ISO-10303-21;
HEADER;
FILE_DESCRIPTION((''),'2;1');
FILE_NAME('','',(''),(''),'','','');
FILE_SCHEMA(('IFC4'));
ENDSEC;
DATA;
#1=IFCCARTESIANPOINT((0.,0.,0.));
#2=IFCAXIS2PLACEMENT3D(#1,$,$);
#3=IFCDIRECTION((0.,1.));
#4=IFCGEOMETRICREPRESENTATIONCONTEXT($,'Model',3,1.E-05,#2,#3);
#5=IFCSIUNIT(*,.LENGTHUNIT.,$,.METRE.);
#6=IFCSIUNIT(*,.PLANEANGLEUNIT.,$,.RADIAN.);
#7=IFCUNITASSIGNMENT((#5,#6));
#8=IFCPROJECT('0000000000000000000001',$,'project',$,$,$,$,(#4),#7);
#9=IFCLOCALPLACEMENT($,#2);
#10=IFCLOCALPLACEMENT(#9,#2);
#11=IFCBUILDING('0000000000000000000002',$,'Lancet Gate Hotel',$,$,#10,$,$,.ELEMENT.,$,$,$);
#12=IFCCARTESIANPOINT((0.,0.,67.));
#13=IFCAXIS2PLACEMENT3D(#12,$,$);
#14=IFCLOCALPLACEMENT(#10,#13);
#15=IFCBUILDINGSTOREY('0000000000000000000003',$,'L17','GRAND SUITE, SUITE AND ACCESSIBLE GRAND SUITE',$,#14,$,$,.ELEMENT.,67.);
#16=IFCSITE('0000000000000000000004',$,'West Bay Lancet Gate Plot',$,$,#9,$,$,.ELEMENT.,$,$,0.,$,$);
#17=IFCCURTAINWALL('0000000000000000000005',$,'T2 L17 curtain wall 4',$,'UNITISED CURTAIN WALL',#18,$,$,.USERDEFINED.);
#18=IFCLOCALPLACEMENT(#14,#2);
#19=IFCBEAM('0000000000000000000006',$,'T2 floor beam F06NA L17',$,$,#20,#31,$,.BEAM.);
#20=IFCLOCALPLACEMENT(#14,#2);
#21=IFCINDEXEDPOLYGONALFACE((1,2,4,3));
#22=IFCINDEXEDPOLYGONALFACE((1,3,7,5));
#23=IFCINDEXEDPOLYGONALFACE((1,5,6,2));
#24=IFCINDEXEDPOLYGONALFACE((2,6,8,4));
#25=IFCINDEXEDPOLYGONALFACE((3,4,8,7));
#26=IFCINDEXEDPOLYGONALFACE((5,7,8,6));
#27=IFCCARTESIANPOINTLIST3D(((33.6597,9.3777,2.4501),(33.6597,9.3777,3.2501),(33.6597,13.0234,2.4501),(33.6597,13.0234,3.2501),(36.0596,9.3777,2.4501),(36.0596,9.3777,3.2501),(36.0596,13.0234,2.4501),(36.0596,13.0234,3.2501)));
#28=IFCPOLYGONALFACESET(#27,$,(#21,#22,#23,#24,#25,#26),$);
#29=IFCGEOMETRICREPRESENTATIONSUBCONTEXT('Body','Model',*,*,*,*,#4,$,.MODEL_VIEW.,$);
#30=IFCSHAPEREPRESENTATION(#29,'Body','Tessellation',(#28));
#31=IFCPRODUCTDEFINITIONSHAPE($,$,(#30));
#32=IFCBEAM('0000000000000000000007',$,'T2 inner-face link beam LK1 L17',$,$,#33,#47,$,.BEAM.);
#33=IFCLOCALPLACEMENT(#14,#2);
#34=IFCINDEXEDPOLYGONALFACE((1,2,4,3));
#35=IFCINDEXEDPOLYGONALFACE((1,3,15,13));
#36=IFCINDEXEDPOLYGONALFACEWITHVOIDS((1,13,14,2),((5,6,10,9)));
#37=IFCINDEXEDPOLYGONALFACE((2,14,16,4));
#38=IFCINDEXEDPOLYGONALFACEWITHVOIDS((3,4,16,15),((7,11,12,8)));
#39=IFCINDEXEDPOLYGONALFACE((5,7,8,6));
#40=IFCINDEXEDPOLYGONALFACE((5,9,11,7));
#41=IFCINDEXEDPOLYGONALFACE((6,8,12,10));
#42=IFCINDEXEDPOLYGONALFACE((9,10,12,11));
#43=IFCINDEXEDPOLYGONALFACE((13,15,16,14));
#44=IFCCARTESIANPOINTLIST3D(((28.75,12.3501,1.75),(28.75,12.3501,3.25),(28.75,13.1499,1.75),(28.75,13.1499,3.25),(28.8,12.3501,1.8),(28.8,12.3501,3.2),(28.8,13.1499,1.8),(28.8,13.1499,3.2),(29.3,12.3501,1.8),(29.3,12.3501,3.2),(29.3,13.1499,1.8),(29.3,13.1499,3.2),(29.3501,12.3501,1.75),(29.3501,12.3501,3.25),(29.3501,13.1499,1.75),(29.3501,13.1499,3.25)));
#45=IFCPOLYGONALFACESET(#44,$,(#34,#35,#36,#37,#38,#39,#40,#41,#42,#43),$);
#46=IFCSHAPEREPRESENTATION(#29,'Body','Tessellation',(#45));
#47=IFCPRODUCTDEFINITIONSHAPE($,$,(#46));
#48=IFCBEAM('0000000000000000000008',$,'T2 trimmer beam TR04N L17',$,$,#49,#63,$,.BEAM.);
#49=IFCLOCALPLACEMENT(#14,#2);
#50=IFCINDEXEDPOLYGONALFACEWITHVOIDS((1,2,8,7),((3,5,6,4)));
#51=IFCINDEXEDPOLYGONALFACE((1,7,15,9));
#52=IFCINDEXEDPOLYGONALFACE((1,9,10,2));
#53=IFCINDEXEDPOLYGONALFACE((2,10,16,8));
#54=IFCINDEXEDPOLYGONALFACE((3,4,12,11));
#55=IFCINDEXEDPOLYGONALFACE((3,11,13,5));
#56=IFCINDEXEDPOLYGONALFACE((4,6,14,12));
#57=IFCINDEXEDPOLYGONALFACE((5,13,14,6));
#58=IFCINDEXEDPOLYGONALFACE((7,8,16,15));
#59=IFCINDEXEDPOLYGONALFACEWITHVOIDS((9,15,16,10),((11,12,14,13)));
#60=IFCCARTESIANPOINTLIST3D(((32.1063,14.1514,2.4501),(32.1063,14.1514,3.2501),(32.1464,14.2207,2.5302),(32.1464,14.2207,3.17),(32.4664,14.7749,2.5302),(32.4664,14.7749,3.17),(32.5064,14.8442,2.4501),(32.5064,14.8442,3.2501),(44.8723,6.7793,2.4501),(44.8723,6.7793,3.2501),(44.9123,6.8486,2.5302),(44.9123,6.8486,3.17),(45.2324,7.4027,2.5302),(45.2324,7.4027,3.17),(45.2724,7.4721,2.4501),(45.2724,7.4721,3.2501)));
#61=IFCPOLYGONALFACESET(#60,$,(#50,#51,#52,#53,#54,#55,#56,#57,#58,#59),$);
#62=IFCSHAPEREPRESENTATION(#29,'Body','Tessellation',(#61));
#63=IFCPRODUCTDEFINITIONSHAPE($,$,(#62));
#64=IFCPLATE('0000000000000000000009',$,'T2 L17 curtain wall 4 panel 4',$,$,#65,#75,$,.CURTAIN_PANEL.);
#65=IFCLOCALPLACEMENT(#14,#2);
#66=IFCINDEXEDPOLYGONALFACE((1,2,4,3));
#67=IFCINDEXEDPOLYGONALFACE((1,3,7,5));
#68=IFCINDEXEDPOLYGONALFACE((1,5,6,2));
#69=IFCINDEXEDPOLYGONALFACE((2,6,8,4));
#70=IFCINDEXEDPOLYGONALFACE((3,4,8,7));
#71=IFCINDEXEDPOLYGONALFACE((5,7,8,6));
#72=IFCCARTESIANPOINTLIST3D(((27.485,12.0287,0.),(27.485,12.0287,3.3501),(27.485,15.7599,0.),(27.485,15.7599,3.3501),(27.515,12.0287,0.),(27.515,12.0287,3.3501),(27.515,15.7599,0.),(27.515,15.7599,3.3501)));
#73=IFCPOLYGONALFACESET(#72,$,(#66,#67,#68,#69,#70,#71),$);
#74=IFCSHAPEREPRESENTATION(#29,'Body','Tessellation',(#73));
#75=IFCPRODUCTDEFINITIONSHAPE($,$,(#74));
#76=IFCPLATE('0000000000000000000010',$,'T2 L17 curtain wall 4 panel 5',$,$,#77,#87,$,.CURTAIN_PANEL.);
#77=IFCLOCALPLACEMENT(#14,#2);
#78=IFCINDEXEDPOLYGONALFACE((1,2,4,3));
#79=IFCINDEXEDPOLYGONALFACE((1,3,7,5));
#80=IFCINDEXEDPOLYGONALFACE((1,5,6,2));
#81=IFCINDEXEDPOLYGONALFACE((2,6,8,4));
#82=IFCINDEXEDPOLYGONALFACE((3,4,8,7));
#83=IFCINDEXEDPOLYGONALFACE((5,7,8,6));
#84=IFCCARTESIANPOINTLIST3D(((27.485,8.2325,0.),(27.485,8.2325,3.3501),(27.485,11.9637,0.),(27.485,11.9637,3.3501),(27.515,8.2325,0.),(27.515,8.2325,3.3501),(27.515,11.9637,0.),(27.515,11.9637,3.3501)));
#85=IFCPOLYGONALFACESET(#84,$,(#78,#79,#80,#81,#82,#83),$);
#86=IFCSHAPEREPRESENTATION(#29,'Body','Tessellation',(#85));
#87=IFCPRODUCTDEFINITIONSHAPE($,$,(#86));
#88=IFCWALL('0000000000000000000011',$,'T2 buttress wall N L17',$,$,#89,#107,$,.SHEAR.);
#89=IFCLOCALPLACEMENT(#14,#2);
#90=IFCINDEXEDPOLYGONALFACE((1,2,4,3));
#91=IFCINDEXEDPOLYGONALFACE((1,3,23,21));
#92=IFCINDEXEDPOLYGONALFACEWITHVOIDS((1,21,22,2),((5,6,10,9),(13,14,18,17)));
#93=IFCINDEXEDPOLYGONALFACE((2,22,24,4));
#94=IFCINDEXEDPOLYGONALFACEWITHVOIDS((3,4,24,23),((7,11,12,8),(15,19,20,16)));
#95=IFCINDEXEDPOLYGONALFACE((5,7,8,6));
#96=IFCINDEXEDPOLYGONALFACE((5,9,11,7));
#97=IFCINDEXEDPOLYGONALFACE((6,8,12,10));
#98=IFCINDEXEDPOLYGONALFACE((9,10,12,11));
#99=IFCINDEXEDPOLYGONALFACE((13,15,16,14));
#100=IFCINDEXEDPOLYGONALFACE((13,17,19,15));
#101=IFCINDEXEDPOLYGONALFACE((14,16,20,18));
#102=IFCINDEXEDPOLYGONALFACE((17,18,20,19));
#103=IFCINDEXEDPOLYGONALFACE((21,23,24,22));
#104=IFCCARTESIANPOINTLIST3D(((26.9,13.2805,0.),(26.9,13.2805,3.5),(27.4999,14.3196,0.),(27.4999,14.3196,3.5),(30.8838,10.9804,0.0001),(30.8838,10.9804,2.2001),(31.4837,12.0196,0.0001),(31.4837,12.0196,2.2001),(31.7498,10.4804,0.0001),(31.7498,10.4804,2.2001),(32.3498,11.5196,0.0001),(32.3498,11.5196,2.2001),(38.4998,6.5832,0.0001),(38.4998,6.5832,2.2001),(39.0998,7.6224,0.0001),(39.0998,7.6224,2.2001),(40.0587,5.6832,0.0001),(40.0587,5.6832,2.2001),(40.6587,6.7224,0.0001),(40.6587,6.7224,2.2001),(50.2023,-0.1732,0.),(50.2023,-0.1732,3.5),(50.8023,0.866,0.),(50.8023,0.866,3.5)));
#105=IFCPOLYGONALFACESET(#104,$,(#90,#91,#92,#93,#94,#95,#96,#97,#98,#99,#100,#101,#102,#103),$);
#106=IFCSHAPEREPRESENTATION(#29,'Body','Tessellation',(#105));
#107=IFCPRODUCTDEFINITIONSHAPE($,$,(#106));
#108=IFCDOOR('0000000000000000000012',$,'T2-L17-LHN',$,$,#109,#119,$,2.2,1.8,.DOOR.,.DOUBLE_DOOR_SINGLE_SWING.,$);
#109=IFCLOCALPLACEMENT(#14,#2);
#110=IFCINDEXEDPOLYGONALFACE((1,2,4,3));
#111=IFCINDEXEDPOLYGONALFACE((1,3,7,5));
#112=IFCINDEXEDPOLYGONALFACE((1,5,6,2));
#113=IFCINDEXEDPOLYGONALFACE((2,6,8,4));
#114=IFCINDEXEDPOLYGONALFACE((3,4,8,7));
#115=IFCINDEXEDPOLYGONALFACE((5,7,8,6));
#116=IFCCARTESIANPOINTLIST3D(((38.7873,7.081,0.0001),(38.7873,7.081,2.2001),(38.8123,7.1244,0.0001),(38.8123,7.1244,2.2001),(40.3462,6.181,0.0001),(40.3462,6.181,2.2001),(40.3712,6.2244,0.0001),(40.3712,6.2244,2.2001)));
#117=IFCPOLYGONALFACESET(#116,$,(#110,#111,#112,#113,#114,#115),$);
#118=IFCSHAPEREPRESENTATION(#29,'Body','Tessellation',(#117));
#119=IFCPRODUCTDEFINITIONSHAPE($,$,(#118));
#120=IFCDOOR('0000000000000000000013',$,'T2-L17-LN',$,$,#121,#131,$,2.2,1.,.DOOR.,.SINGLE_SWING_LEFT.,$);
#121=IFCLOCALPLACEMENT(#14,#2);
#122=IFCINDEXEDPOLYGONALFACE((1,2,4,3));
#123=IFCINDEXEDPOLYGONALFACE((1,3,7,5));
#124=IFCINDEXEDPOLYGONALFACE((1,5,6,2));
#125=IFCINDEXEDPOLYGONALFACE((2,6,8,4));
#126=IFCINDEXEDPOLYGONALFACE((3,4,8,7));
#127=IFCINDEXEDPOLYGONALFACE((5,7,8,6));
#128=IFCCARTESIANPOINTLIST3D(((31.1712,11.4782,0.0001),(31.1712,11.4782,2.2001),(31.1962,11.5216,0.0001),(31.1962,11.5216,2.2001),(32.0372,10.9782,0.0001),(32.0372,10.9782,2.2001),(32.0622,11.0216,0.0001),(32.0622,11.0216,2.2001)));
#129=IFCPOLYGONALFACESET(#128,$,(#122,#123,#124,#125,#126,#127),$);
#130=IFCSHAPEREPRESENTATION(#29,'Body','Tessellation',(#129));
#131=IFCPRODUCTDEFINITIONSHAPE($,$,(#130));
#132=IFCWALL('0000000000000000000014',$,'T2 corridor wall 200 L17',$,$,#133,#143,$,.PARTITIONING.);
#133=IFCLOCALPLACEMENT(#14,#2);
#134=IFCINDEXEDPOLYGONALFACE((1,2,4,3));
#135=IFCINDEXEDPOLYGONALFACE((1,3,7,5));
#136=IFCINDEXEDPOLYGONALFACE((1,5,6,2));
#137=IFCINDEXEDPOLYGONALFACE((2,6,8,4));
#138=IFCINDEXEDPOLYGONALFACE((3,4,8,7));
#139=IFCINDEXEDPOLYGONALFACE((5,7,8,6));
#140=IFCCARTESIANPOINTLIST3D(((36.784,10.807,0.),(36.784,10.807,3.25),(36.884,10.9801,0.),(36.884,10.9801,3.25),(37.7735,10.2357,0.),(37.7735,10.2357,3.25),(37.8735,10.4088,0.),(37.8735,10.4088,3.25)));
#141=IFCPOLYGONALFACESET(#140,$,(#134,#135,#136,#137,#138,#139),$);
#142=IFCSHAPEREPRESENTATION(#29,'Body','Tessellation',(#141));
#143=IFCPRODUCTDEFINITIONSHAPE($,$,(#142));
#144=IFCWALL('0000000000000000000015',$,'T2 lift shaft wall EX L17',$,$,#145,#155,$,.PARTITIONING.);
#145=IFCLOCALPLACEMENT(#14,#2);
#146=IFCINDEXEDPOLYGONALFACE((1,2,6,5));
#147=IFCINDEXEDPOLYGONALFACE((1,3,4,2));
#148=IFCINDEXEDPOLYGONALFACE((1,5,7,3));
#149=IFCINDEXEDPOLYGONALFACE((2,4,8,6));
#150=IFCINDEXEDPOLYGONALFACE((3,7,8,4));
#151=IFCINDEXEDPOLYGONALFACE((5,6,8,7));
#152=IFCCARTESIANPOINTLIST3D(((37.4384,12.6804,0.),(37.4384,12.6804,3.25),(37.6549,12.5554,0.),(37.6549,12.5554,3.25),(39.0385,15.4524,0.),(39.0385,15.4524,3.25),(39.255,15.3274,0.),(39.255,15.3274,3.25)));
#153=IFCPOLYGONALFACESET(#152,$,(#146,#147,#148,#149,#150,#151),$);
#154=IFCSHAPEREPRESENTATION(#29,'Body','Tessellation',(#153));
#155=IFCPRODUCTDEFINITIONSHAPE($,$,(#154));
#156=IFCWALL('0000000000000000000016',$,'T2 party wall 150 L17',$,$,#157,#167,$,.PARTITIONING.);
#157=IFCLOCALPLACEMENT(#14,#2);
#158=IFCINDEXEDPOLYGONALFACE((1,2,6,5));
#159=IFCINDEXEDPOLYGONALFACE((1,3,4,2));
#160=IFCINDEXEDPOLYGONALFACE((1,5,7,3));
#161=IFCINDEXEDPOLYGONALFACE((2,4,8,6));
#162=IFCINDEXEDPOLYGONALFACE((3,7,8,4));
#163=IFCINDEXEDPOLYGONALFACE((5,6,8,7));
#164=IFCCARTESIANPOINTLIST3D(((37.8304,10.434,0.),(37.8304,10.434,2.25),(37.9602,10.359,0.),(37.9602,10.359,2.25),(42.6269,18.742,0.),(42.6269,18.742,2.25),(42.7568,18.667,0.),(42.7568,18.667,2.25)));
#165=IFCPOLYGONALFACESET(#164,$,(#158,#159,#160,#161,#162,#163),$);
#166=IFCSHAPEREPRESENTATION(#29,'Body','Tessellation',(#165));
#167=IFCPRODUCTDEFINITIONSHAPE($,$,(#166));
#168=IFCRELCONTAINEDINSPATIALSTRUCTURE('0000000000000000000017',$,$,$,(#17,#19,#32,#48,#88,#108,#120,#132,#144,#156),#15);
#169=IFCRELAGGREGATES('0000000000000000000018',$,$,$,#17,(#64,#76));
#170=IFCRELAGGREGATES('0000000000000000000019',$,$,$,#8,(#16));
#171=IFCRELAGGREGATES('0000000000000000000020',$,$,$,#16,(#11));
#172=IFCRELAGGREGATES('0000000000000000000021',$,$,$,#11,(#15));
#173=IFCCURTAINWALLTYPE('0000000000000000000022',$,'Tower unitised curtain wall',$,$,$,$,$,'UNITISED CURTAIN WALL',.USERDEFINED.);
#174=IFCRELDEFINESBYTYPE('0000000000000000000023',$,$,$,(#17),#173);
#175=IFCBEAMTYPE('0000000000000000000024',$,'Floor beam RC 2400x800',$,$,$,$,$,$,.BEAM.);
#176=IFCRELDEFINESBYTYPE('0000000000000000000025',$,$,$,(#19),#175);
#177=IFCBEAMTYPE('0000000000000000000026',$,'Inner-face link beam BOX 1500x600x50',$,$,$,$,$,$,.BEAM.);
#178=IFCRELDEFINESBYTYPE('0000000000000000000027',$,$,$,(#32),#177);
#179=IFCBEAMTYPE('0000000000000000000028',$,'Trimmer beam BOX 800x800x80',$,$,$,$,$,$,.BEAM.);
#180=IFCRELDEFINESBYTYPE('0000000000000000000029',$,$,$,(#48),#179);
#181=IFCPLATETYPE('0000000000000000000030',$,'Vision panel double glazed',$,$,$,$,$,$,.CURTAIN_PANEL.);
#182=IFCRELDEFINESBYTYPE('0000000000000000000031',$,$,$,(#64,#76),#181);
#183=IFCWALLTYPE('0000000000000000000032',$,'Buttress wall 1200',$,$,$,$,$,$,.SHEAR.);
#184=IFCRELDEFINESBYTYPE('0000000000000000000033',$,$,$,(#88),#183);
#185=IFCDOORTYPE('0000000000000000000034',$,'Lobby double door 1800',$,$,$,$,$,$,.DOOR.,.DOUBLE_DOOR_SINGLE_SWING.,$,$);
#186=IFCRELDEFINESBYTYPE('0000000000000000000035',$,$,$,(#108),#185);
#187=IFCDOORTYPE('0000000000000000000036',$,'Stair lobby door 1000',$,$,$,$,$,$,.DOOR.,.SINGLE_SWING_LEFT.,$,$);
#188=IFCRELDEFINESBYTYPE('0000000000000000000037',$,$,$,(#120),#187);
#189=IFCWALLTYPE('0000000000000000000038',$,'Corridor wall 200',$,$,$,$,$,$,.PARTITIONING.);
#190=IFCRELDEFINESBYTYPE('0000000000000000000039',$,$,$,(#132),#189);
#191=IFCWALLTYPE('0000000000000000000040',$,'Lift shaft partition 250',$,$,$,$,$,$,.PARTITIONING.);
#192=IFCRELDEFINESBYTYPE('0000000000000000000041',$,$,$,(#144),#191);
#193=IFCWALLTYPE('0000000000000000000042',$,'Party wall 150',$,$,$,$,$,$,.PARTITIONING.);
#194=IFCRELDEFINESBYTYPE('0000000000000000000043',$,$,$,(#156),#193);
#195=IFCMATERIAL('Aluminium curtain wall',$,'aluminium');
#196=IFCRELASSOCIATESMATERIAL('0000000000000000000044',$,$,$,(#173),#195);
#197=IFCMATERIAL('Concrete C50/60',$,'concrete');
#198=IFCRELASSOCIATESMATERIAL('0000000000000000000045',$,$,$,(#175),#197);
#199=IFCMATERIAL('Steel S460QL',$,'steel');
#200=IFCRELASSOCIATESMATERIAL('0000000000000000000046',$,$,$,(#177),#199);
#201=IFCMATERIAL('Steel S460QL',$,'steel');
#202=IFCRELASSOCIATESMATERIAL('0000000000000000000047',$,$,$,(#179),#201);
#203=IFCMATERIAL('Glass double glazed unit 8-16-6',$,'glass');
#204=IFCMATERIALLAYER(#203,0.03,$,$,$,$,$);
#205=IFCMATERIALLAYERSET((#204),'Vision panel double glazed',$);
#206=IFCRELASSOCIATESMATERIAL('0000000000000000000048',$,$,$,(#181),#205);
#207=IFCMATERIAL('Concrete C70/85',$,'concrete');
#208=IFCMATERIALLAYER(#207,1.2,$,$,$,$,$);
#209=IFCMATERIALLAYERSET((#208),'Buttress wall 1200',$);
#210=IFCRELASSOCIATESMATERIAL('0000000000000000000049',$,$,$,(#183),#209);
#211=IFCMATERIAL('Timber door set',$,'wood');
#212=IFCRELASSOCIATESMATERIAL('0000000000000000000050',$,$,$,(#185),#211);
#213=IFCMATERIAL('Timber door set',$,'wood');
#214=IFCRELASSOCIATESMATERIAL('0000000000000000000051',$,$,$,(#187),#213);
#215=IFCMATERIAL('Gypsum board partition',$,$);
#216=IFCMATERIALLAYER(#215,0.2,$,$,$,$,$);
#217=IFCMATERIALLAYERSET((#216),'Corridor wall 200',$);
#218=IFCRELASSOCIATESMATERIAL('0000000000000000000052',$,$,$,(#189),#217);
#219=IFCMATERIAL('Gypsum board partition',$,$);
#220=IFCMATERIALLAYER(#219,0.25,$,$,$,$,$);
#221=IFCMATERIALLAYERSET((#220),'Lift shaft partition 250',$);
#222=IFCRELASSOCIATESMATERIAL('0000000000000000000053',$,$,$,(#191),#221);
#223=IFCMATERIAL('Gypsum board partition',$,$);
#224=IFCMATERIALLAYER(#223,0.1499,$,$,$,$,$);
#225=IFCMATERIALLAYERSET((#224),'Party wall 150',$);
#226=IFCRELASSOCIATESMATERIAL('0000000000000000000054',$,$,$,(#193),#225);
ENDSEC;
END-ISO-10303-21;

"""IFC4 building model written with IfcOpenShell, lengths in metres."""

from ifc_helpers import new_model, si_unit, direction, frame, frame_2d, origin, origin_2d, place, context, subcontext, project, spatial, rectangle, hollow_rectangle, extrude, material, layer, layer_set, material_profile, profile_set, type_object, element, fill, aggregate, save


model = new_model("IFC4")

# Units and contexts
model_context = context("Model", 3, precision=1e-05, world=origin(), true_north=direction((0.0, 1.0)))
body_context = subcontext(model_context, "Body", "Model", "MODEL_VIEW")
ifc_project = project(units=[si_unit("LENGTHUNIT", "METRE"), si_unit("PLANEANGLEUNIT", "RADIAN")], contexts=[model_context])

# Site, building, storey
site_placement = place(None, origin())
site = spatial("IfcSite", under=ifc_project, at=site_placement, Name="West Bay Lancet Gate Plot", CompositionType="ELEMENT", RefElevation=0.0)
building_placement = place(site_placement, origin())
building = spatial("IfcBuilding", under=site, at=building_placement, Name="Lancet Gate Hotel", CompositionType="ELEMENT")
storey_placement = place(building_placement, frame((0.0, 0.0, 67.0)))
storey = spatial("IfcBuildingStorey", under=building, at=storey_placement, Name="L17", Description="GRAND SUITE, SUITE AND ACCESSIBLE GRAND SUITE", CompositionType="ELEMENT", Elevation=67.0)

# Curtain wall
ifc_material_1 = material(Name="Aluminium curtain wall", Category="aluminium")
curtain_wall_type = type_object("IfcCurtainWallType", Name="Tower unitised curtain wall", ElementType="UNITISED CURTAIN WALL", PredefinedType="USERDEFINED", material=ifc_material_1)
curtain_wall_placement = place(storey_placement, origin())
curtain_wall = element("IfcCurtainWall", 1, at=curtain_wall_placement, inside=storey, type_object=curtain_wall_type, Name="T2 L17 curtain wall 4", ObjectType="UNITISED CURTAIN WALL", PredefinedType="USERDEFINED")

# Beams
ifc_material_2 = material(Name="Concrete C50/60", Category="concrete")
ifc_material_profile_1 = material_profile(ifc_material_2, rectangle(XDim=2.3999, YDim=0.8, at=origin_2d()), Name="RC 2400x800")
ifc_profile_set_1 = profile_set([ifc_material_profile_1], Name="Concrete C50/60")
beam_type_1 = type_object("IfcBeamType", Name="Floor beam RC 2400x800", PredefinedType="BEAM", material=ifc_profile_set_1)
beam_1_placement = place(storey_placement, frame((34.8596, 9.3777, 2.8501), z_axis=(0.0, 1.0, 0.0), x_axis=(-1.0, 0.0, 0.0)))
element("IfcBeam", 2, at=beam_1_placement, inside=storey, type_object=beam_type_1, Name="T2 floor beam F06NA L17", PredefinedType="BEAM", context=body_context, shape_type="SweptSolid", body=[
    extrude(rectangle(XDim=2.3999, YDim=0.8, at=origin_2d()), origin(), (0.0, 0.0, 1.0), 3.6458),
])
ifc_material_3 = material(Name="Steel S460QL", Category="steel")
ifc_material_profile_2 = material_profile(ifc_material_3, hollow_rectangle(XDim=0.6001, YDim=1.5, WallThickness=0.05, at=origin_2d()), Name="BOX 1500x600x50")
ifc_profile_set_2 = profile_set([ifc_material_profile_2], Name="Steel S460QL")
beam_type_2 = type_object("IfcBeamType", Name="Inner-face link beam BOX 1500x600x50", PredefinedType="BEAM", material=ifc_profile_set_2)
beam_2_placement = place(storey_placement, frame((29.05, 12.3501, 2.5), z_axis=(0.0, 1.0, 0.0), x_axis=(-1.0, 0.0, 0.0)))
element("IfcBeam", 3, at=beam_2_placement, inside=storey, type_object=beam_type_2, Name="T2 inner-face link beam LK1 L17", PredefinedType="BEAM", context=body_context, shape_type="SweptSolid", body=[
    extrude(hollow_rectangle(XDim=0.6001, YDim=1.5, WallThickness=0.05, at=origin_2d()), origin(), (0.0, 0.0, 1.0), 0.7998),
])
ifc_material_4 = material(Name="Steel S460QL", Category="steel")
ifc_material_profile_3 = material_profile(ifc_material_4, hollow_rectangle(XDim=0.8, YDim=0.8, WallThickness=0.0801, at=origin_2d()), Name="BOX 800x800x80")
ifc_profile_set_3 = profile_set([ifc_material_profile_3], Name="Steel S460QL")
beam_type_3 = type_object("IfcBeamType", Name="Trimmer beam BOX 800x800x80", PredefinedType="BEAM", material=ifc_profile_set_3)
beam_3_placement = place(storey_placement, frame((32.3064, 14.4978, 2.8501), z_axis=(0.865976, -0.500086, 0.0), x_axis=(0.500086, 0.865976, 0.0)))
element("IfcBeam", 4, at=beam_3_placement, inside=storey, type_object=beam_type_3, Name="T2 trimmer beam TR04N L17", PredefinedType="BEAM", context=body_context, shape_type="SweptSolid", body=[
    extrude(hollow_rectangle(XDim=0.8, YDim=0.8, WallThickness=0.0801, at=origin_2d()), origin(), (0.0, 0.0, 1.0), 14.7417),
])

# Plates
ifc_material_5 = material(Name="Glass double glazed unit 8-16-6", Category="glass")
ifc_layer_1 = layer(ifc_material_5, 0.03)
ifc_layer_set_1 = layer_set([ifc_layer_1], Name="Vision panel double glazed")
plate_type = type_object("IfcPlateType", Name="Vision panel double glazed", PredefinedType="CURTAIN_PANEL", material=ifc_layer_set_1)
plate_1_placement = place(storey_placement, frame((27.5, 13.8943, 0.0), z_axis=(0.0, 0.0, 1.0), x_axis=(0.0, -1.0, 0.0)))
plate_1 = element("IfcPlate", 5, at=plate_1_placement, type_object=plate_type, Name="T2 L17 curtain wall 4 panel 4", PredefinedType="CURTAIN_PANEL", context=body_context, shape_type="SweptSolid", body=[
    extrude(rectangle(XDim=3.7312, YDim=0.03, at=origin_2d()), origin(), (0.0, 0.0, 1.0), 3.3501),
])
plate_2_placement = place(storey_placement, frame((27.5, 10.0981, 0.0), z_axis=(0.0, 0.0, 1.0), x_axis=(0.0, -1.0, 0.0)))
plate_2 = element("IfcPlate", 6, at=plate_2_placement, type_object=plate_type, Name="T2 L17 curtain wall 4 panel 5", PredefinedType="CURTAIN_PANEL", context=body_context, shape_type="SweptSolid", body=[
    extrude(rectangle(XDim=3.7312, YDim=0.03, at=origin_2d()), origin(), (0.0, 0.0, 1.0), 3.3501),
])
aggregate(curtain_wall, [plate_1, plate_2])

# Wall, openings, doors
ifc_material_6 = material(Name="Concrete C70/85", Category="concrete")
ifc_layer_2 = layer(ifc_material_6, 1.2)
ifc_layer_set_2 = layer_set([ifc_layer_2], Name="Buttress wall 1200")
wall_type_1 = type_object("IfcWallType", Name="Buttress wall 1200", PredefinedType="SHEAR", material=ifc_layer_set_2)
wall_1_placement = place(storey_placement, frame((27.2, 13.8, 0.0), z_axis=(0.0, 0.0, 1.0), x_axis=(0.866025, -0.500002, 0.0)))
wall_1 = element("IfcWall", 7, at=wall_1_placement, inside=storey, type_object=wall_type_1, Name="T2 buttress wall N L17", PredefinedType="SHEAR", context=body_context, shape_type="SweptSolid", body=[
    extrude(rectangle(XDim=26.9072, YDim=1.2, at=frame_2d((13.4536, 0.0))), origin(), (0.0, 0.0, 1.0), 3.5),
])
opening_1_placement = place(wall_1_placement, frame((4.6001, 0.0, 0.0)))
opening_1 = element("IfcOpeningElement", 8, at=opening_1_placement, cuts=wall_1, PredefinedType="OPENING", context=body_context, shape_type="SweptSolid", body=[
    extrude(rectangle(XDim=1.0, YDim=2.2, at=frame_2d((0.5, 1.1001))), frame((0.0, 0.6099, 0.0), z_axis=(0.0, -1.0, 0.0), x_axis=(1.0, 0.0, 0.0)), (0.0, 0.0, 1.0), 1.22),
])
opening_2_placement = place(wall_1_placement, frame((13.3945, 0.0, 0.0)))
opening_2 = element("IfcOpeningElement", 9, at=opening_2_placement, cuts=wall_1, PredefinedType="OPENING", context=body_context, shape_type="SweptSolid", body=[
    extrude(rectangle(XDim=1.8, YDim=2.2, at=frame_2d((0.8999, 1.1001))), frame((0.0, 0.6099, 0.0), z_axis=(0.0, -1.0, 0.0), x_axis=(1.0, 0.0, 0.0)), (0.0, 0.0, 1.0), 1.22),
])
ifc_material_7 = material(Name="Timber door set", Category="wood")
door_type_1 = type_object("IfcDoorType", Name="Lobby double door 1800", OperationType="DOUBLE_DOOR_SINGLE_SWING", PredefinedType="DOOR", material=ifc_material_7)
door_1_placement = place(opening_2_placement, origin())
door_1 = element("IfcDoor", 10, at=door_1_placement, inside=storey, type_object=door_type_1, Name="T2-L17-LHN", OperationType="DOUBLE_DOOR_SINGLE_SWING", OverallHeight=2.2, OverallWidth=1.8, PredefinedType="DOOR", context=body_context, shape_type="SweptSolid", body=[
    extrude(rectangle(XDim=1.8, YDim=2.2, at=frame_2d((0.8999, 1.1001))), frame((0.0, 0.0249, 0.0), z_axis=(0.0, -1.0, 0.0), x_axis=(1.0, 0.0, 0.0)), (0.0, 0.0, 1.0), 0.05),
])
fill(opening_2, door_1)
ifc_material_8 = material(Name="Timber door set", Category="wood")
door_type_2 = type_object("IfcDoorType", Name="Stair lobby door 1000", OperationType="SINGLE_SWING_LEFT", PredefinedType="DOOR", material=ifc_material_8)
door_2_placement = place(opening_1_placement, origin())
door_2 = element("IfcDoor", 11, at=door_2_placement, inside=storey, type_object=door_type_2, Name="T2-L17-LN", OperationType="SINGLE_SWING_LEFT", OverallHeight=2.2, OverallWidth=1.0, PredefinedType="DOOR", context=body_context, shape_type="SweptSolid", body=[
    extrude(rectangle(XDim=1.0, YDim=2.2, at=frame_2d((0.5, 1.1001))), frame((0.0, 0.0249, 0.0), z_axis=(0.0, -1.0, 0.0), x_axis=(1.0, 0.0, 0.0)), (0.0, 0.0, 1.0), 0.05),
])
fill(opening_1, door_2)

# Walls
ifc_material_9 = material(Name="Gypsum board partition")
ifc_layer_3 = layer(ifc_material_9, 0.2)
ifc_layer_set_3 = layer_set([ifc_layer_3], Name="Corridor wall 200")
wall_type_2 = type_object("IfcWallType", Name="Corridor wall 200", PredefinedType="PARTITIONING", material=ifc_layer_set_3)
wall_2_placement = place(storey_placement, frame((36.834, 10.8936, 0.0), z_axis=(0.0, 0.0, 1.0), x_axis=(0.866025, -0.5, 0.0)))
element("IfcWall", 12, at=wall_2_placement, inside=storey, type_object=wall_type_2, Name="T2 corridor wall 200 L17", PredefinedType="PARTITIONING", context=body_context, shape_type="SweptSolid", body=[
    extrude(rectangle(XDim=1.1426, YDim=0.2, at=frame_2d((0.5713, 0.0))), origin(), (0.0, 0.0, 1.0), 3.25),
])
ifc_material_10 = material(Name="Gypsum board partition")
ifc_layer_4 = layer(ifc_material_10, 0.25)
ifc_layer_set_4 = layer_set([ifc_layer_4], Name="Lift shaft partition 250")
wall_type_3 = type_object("IfcWallType", Name="Lift shaft partition 250", PredefinedType="PARTITIONING", material=ifc_layer_set_4)
wall_3_placement = place(storey_placement, frame((37.5466, 12.6179, 0.0), z_axis=(0.0, 0.0, 1.0), x_axis=(0.499929, 0.866066, 0.0)))
element("IfcWall", 13, at=wall_3_placement, inside=storey, type_object=wall_type_3, Name="T2 lift shaft wall EX L17", PredefinedType="PARTITIONING", context=body_context, shape_type="SweptSolid", body=[
    extrude(rectangle(XDim=3.2007, YDim=0.25, at=frame_2d((1.6003, 0.0))), origin(), (0.0, 0.0, 1.0), 3.25),
])
ifc_material_11 = material(Name="Gypsum board partition")
ifc_layer_5 = layer(ifc_material_11, 0.1499)
ifc_layer_set_5 = layer_set([ifc_layer_5], Name="Party wall 150")
wall_type_4 = type_object("IfcWallType", Name="Party wall 150", PredefinedType="PARTITIONING", material=ifc_layer_set_5)
wall_4_placement = place(storey_placement, frame((37.8953, 10.3965, 0.0), z_axis=(0.0, 0.0, 1.0), x_axis=(0.499996, 0.866028, 0.0)))
element("IfcWall", 14, at=wall_4_placement, inside=storey, type_object=wall_type_4, Name="T2 party wall 150 L17", PredefinedType="PARTITIONING", context=body_context, shape_type="SweptSolid", body=[
    extrude(rectangle(XDim=9.5933, YDim=0.1499, at=frame_2d((4.7966, 0.0))), origin(), (0.0, 0.0, 1.0), 2.25),
])

save(model, "model.ifc")
